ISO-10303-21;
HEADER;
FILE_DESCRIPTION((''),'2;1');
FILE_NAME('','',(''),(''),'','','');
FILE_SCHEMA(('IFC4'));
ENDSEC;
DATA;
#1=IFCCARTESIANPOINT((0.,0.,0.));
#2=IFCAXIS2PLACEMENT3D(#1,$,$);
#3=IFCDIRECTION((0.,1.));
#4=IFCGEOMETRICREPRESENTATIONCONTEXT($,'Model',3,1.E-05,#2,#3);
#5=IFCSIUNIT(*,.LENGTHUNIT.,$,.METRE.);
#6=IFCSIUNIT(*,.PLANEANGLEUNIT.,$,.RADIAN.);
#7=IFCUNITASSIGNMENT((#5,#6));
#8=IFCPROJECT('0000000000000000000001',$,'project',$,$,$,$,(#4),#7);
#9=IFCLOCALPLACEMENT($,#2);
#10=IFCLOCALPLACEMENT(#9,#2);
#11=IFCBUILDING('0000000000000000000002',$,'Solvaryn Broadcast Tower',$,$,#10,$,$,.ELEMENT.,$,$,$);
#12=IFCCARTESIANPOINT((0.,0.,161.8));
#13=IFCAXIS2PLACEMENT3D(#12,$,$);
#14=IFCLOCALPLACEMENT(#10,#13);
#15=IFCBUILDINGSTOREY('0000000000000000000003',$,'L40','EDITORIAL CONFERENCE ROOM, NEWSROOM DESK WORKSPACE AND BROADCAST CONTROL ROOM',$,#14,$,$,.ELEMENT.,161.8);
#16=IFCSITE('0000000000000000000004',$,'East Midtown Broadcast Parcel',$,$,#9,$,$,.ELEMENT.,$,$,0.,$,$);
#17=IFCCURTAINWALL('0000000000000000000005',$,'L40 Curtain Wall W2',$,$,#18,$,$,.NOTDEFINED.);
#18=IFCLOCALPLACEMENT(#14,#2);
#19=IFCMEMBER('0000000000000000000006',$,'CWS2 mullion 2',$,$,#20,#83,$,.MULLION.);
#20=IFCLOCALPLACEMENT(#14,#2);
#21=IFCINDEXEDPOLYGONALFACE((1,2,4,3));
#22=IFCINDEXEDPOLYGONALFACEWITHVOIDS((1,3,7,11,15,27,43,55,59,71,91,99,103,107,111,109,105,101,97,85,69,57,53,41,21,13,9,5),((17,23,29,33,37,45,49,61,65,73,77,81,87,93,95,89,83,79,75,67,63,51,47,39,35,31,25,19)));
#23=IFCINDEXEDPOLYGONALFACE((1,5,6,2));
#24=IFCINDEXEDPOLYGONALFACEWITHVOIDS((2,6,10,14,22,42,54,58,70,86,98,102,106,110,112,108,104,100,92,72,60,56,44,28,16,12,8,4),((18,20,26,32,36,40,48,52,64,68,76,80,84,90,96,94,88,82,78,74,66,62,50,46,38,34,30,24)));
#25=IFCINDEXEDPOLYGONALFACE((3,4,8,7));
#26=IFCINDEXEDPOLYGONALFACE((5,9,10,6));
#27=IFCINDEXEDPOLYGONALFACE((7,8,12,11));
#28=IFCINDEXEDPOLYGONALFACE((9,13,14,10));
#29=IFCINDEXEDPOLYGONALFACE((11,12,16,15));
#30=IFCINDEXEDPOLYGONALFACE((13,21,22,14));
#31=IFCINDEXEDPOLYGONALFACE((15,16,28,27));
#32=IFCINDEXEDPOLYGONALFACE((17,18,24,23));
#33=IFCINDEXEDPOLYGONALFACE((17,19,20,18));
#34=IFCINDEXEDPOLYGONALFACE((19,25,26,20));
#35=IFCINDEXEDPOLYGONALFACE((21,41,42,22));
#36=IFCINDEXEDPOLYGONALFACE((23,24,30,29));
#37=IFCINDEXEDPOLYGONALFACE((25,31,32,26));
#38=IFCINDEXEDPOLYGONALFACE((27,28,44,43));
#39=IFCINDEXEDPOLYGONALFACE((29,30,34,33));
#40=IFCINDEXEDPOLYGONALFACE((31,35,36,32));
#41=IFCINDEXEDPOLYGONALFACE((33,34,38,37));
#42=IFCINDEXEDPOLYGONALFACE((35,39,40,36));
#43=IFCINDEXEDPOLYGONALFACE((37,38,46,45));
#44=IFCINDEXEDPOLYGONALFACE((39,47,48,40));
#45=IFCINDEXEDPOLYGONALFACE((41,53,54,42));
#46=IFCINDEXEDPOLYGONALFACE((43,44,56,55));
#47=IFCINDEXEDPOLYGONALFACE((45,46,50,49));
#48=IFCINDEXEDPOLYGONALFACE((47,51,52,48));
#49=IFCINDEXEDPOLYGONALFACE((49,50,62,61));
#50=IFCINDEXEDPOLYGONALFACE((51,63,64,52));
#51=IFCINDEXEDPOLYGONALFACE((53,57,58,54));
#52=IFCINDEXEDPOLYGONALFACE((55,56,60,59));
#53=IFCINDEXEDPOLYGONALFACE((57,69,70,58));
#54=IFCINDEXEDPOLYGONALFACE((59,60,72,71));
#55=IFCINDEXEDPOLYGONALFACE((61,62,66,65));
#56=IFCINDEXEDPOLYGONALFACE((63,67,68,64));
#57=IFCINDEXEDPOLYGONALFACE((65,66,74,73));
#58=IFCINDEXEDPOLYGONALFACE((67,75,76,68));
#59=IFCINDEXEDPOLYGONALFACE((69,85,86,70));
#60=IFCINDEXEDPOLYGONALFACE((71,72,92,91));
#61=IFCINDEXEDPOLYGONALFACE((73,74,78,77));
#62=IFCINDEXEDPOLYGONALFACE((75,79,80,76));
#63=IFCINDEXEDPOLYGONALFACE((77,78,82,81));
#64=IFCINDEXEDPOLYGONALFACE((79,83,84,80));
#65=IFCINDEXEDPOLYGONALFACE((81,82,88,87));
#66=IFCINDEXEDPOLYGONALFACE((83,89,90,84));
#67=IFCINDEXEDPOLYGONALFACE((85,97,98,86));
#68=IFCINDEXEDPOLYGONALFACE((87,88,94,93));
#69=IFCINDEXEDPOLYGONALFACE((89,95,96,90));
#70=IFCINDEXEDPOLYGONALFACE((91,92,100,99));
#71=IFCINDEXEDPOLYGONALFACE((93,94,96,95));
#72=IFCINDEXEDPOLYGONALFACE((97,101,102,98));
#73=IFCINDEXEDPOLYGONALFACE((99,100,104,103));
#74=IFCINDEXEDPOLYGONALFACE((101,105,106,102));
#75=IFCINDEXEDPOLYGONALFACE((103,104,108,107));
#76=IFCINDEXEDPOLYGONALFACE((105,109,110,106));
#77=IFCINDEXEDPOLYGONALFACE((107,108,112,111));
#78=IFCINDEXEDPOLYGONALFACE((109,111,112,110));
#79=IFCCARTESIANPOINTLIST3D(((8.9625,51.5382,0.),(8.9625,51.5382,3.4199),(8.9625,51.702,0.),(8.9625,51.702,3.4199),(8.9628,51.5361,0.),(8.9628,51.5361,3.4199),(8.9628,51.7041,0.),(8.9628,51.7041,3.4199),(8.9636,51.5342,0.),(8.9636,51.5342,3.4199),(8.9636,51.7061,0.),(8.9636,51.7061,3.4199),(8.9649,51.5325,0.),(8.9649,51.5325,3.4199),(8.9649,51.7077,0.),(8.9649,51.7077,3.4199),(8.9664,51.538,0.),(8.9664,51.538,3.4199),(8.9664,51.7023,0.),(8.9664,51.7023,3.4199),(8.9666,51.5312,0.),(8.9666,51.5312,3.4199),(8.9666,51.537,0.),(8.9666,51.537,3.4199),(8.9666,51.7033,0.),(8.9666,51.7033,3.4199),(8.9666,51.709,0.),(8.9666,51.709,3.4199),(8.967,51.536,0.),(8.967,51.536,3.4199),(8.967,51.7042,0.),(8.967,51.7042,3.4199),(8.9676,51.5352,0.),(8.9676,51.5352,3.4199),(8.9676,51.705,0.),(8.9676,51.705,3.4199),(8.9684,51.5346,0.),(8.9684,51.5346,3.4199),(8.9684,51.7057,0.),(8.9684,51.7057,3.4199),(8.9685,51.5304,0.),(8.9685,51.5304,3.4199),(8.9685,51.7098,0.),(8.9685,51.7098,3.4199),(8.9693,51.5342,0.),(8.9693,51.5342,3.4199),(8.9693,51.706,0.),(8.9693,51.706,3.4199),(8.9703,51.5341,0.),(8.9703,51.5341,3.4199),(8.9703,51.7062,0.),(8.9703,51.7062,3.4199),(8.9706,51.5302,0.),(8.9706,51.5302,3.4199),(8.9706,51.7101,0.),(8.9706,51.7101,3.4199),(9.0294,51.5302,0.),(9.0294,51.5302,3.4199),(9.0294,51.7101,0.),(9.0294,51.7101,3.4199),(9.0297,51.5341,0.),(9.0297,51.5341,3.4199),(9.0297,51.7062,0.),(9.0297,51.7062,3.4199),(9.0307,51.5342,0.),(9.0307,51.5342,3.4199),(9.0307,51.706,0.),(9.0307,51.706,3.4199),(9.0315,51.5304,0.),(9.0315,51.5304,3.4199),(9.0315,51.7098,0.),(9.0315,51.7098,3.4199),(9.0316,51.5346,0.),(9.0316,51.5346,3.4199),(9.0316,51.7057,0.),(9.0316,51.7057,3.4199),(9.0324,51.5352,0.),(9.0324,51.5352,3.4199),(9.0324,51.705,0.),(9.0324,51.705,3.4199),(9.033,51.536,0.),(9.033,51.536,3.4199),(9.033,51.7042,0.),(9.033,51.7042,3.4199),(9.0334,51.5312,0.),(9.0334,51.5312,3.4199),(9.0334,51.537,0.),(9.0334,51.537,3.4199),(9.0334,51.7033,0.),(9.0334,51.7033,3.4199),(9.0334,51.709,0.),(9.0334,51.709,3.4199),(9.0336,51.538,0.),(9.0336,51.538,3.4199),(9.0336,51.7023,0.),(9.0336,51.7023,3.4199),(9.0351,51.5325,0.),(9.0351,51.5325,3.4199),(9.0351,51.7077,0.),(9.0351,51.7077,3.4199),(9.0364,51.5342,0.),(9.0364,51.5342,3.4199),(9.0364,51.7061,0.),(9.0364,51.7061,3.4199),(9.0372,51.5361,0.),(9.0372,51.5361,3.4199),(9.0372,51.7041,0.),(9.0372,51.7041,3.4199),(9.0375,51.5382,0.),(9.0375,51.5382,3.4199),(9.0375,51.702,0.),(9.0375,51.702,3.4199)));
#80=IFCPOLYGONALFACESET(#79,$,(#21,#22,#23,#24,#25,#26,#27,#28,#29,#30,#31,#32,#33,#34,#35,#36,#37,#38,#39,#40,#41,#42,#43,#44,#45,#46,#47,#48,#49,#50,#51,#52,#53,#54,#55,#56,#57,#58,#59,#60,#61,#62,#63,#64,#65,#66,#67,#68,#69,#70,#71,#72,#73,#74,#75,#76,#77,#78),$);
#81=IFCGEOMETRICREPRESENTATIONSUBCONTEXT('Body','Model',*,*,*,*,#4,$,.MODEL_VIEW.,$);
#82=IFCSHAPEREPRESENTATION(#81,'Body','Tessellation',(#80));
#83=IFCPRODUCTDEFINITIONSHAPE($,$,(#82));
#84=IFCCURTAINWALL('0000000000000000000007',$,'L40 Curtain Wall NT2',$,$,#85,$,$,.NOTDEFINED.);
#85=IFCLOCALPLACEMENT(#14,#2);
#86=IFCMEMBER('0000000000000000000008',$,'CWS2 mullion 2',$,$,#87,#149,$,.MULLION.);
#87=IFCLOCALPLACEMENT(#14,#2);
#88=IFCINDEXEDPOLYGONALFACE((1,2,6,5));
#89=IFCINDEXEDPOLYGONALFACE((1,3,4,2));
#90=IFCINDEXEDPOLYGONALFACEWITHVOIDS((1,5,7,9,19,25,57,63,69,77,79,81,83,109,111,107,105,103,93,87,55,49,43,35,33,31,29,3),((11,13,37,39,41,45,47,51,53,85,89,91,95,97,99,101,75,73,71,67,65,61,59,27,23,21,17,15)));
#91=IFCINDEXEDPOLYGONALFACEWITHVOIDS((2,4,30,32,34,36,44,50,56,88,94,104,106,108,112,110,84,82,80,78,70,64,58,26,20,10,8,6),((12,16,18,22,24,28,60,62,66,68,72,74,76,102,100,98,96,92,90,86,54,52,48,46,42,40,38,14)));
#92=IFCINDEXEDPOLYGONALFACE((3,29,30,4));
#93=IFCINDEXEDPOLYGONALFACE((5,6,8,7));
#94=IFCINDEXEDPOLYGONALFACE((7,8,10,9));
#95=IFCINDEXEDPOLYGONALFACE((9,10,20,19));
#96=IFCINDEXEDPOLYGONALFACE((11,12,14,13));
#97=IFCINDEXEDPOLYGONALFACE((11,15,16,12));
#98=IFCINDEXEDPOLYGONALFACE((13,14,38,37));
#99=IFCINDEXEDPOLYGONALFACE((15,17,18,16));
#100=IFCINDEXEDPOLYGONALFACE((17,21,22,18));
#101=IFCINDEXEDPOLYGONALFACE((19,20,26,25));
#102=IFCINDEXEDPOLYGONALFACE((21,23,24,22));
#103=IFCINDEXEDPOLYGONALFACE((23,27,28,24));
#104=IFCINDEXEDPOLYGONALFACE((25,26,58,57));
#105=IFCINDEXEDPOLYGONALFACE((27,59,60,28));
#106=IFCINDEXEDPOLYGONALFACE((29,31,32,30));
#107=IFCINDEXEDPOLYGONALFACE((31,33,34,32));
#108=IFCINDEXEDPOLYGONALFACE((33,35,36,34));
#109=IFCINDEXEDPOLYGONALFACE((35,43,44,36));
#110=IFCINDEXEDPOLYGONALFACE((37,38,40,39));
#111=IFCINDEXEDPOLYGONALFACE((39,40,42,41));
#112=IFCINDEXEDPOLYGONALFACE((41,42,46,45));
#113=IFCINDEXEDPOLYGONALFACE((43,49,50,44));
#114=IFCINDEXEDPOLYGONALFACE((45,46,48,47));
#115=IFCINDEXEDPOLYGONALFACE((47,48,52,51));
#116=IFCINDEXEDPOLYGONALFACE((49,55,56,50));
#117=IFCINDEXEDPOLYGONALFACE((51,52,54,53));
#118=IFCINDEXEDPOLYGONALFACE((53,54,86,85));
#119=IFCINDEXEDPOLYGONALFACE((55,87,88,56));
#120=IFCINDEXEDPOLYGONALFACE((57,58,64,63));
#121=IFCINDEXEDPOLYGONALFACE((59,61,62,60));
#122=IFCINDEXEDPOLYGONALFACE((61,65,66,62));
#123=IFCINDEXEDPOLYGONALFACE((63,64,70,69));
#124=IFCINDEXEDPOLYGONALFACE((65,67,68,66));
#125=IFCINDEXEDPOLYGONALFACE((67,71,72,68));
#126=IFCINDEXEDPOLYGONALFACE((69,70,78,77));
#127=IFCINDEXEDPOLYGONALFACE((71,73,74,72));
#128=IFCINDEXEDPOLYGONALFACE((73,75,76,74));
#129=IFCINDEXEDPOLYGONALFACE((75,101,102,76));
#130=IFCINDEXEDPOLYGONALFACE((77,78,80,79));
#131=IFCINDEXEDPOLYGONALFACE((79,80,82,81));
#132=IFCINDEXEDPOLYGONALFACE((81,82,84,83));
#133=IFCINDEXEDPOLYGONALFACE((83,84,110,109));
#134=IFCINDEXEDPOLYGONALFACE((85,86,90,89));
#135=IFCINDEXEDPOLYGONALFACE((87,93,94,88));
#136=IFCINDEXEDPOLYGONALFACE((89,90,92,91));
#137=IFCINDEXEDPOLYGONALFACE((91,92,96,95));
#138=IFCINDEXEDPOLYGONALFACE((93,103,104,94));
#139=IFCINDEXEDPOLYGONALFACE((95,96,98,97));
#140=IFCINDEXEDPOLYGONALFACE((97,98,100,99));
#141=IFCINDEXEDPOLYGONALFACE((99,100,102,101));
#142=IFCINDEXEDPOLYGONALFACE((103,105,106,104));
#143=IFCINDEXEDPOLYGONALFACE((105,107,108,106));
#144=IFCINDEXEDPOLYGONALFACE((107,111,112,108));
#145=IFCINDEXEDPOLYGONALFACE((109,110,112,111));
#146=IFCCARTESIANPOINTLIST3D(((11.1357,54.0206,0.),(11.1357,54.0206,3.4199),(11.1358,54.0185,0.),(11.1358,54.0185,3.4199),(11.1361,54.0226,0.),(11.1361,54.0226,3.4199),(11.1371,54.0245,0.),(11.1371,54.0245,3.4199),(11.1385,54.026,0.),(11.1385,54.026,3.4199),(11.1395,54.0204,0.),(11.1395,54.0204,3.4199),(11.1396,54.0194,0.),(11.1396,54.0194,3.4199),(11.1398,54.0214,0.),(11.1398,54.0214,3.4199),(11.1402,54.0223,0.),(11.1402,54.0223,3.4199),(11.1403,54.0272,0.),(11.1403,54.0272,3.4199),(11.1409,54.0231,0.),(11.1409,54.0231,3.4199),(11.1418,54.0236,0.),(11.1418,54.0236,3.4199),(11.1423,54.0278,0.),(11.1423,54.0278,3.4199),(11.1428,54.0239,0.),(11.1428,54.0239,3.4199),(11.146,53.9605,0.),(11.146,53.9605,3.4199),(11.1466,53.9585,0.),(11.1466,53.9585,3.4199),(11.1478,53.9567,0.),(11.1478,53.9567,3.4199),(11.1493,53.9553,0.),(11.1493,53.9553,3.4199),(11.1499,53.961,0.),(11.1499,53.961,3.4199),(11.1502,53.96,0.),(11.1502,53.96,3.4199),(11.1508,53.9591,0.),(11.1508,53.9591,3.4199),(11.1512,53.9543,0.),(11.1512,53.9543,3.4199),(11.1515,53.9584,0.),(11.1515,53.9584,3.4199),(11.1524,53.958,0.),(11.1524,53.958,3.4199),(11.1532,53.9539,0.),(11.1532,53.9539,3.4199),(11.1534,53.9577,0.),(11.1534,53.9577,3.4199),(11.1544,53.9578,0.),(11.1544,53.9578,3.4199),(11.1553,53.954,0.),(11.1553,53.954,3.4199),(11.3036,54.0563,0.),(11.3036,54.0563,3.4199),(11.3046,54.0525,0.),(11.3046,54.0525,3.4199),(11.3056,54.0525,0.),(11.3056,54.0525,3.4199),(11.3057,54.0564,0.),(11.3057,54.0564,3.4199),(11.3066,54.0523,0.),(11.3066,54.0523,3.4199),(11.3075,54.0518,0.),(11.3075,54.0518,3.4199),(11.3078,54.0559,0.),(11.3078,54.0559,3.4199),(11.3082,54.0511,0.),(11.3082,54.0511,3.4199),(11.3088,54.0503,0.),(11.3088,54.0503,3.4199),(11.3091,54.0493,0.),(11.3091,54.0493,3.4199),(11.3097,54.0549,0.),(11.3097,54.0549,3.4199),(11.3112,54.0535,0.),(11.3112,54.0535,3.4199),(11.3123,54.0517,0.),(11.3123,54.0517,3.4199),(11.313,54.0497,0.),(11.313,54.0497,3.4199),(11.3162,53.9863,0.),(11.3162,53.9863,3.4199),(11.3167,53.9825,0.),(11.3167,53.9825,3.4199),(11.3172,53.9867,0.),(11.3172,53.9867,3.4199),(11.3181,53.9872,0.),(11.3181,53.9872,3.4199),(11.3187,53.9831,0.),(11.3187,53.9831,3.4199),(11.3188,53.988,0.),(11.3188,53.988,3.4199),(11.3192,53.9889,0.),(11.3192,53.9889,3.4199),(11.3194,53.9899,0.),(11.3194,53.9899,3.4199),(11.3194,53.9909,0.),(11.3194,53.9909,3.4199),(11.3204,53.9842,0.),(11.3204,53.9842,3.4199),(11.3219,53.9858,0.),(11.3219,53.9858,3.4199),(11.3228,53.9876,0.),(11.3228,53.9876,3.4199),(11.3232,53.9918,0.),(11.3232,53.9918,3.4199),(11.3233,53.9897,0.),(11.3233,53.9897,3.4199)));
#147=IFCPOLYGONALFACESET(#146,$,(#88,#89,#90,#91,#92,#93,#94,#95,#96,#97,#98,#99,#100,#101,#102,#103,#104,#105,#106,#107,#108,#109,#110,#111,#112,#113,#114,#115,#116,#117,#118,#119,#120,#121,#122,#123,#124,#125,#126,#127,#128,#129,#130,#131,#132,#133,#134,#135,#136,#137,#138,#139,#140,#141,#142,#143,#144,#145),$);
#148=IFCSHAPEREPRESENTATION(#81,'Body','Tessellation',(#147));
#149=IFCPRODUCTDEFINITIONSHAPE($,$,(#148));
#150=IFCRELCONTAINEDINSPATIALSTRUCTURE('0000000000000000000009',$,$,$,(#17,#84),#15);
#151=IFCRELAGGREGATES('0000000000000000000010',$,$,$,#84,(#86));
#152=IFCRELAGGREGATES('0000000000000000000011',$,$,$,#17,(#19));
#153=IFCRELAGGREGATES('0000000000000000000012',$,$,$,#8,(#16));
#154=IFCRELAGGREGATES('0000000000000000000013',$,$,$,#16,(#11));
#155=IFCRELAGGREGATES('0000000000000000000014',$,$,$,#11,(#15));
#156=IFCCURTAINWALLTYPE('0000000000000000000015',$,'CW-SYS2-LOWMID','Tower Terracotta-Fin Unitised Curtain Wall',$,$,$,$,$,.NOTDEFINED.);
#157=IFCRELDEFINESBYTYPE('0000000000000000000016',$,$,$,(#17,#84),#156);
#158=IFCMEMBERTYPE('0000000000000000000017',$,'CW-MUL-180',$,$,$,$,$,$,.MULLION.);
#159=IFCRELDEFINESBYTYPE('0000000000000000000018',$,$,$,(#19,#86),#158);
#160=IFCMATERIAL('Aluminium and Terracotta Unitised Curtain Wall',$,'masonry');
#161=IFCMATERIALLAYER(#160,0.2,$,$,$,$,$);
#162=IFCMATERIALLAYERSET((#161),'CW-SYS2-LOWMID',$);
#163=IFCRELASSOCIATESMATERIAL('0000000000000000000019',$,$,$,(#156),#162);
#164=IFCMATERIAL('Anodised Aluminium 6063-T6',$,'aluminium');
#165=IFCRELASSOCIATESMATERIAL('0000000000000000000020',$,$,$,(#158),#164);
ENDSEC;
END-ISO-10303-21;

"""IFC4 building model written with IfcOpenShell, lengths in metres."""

from ifc_helpers import new_model, si_unit, direction, frame, origin, origin_2d, place, context, subcontext, project, spatial, hollow_rectangle, extrude, material, layer, layer_set, material_profile, profile_set, type_object, element, aggregate, save


model = new_model("IFC4")

# Units and contexts
model_context = context("Model", 3, precision=1e-05, world=origin(), true_north=direction((0.0, 1.0)))
body_context = subcontext(model_context, "Body", "Model", "MODEL_VIEW")
ifc_project = project(units=[si_unit("LENGTHUNIT", "METRE"), si_unit("PLANEANGLEUNIT", "RADIAN")], contexts=[model_context])

# Site, building, storey
site_placement = place(None, origin())
site = spatial("IfcSite", under=ifc_project, at=site_placement, Name="East Midtown Broadcast Parcel", CompositionType="ELEMENT", RefElevation=0.0)
building_placement = place(site_placement, origin())
building = spatial("IfcBuilding", under=site, at=building_placement, Name="Solvaryn Broadcast Tower", CompositionType="ELEMENT")
storey_placement = place(building_placement, frame((0.0, 0.0, 161.8)))
storey = spatial("IfcBuildingStorey", under=building, at=storey_placement, Name="L40", Description="EDITORIAL CONFERENCE ROOM, NEWSROOM DESK WORKSPACE AND BROADCAST CONTROL ROOM", CompositionType="ELEMENT", Elevation=161.8)

# Shared definitions
ifc_material_1 = material(Name="Aluminium and Terracotta Unitised Curtain Wall", Category="masonry")
ifc_layer_1 = layer(ifc_material_1, 0.2)
ifc_layer_set_1 = layer_set([ifc_layer_1], Name="CW-SYS2-LOWMID")
curtain_wall_type = type_object("IfcCurtainWallType", Name="CW-SYS2-LOWMID", Description="Tower Terracotta-Fin Unitised Curtain Wall", PredefinedType="NOTDEFINED", material=ifc_layer_set_1)
ifc_material_2 = material(Name="Anodised Aluminium 6063-T6", Category="aluminium")
ifc_material_profile_1 = material_profile(ifc_material_2, hollow_rectangle(XDim=0.075, YDim=0.1799, WallThickness=0.0039, InnerFilletRadius=0.0039, OuterFilletRadius=0.0081, at=origin_2d()))
ifc_profile_set_1 = profile_set([ifc_material_profile_1], Name="Anodised Aluminium 6063-T6")
member_type_1 = type_object("IfcMemberType", Name="CW-MUL-180", PredefinedType="MULLION", material=ifc_profile_set_1)

# Curtain wall, member
curtain_wall_1_placement = place(storey_placement, origin())
curtain_wall_1 = element("IfcCurtainWall", 1, at=curtain_wall_1_placement, inside=storey, type_object=curtain_wall_type, Name="L40 Curtain Wall W2", PredefinedType="NOTDEFINED")
member_1_placement = place(storey_placement, frame((9.0, 51.6201, 0.0), z_axis=(0.0, 0.0, 1.0), x_axis=(-1.0, 0.0, 0.0)))
member_1 = element("IfcMember", 2, at=member_1_placement, type_object=member_type_1, Name="CWS2 mullion 2", PredefinedType="MULLION", context=body_context, shape_type="SweptSolid", body=[
    extrude(hollow_rectangle(XDim=0.075, YDim=0.1799, WallThickness=0.0039, InnerFilletRadius=0.0039, OuterFilletRadius=0.0081, at=origin_2d()), origin(), (0.0, 0.0, 1.0), 3.4199),
])

# Curtain wall, member
curtain_wall_2_placement = place(storey_placement, origin())
curtain_wall_2 = element("IfcCurtainWall", 3, at=curtain_wall_2_placement, inside=storey, type_object=curtain_wall_type, Name="L40 Curtain Wall NT2", PredefinedType="NOTDEFINED")
member_2_placement = place(storey_placement, frame((11.2295, 54.0051, 0.0), z_axis=(0.0, 0.0, 1.0), x_axis=(0.173785, -0.984784, 0.0)))
member_2 = element("IfcMember", 4, at=member_2_placement, type_object=member_type_1, Name="CWS2 mullion 2", PredefinedType="MULLION", context=body_context, shape_type="SweptSolid", body=[
    extrude(hollow_rectangle(XDim=0.075, YDim=0.1799, WallThickness=0.0039, InnerFilletRadius=0.0039, OuterFilletRadius=0.0081, at=origin_2d()), origin(), (0.0, 0.0, 1.0), 3.4199),
])
aggregate(curtain_wall_2, [member_2])

aggregate(curtain_wall_1, [member_1])

save(model, "model.ifc")
